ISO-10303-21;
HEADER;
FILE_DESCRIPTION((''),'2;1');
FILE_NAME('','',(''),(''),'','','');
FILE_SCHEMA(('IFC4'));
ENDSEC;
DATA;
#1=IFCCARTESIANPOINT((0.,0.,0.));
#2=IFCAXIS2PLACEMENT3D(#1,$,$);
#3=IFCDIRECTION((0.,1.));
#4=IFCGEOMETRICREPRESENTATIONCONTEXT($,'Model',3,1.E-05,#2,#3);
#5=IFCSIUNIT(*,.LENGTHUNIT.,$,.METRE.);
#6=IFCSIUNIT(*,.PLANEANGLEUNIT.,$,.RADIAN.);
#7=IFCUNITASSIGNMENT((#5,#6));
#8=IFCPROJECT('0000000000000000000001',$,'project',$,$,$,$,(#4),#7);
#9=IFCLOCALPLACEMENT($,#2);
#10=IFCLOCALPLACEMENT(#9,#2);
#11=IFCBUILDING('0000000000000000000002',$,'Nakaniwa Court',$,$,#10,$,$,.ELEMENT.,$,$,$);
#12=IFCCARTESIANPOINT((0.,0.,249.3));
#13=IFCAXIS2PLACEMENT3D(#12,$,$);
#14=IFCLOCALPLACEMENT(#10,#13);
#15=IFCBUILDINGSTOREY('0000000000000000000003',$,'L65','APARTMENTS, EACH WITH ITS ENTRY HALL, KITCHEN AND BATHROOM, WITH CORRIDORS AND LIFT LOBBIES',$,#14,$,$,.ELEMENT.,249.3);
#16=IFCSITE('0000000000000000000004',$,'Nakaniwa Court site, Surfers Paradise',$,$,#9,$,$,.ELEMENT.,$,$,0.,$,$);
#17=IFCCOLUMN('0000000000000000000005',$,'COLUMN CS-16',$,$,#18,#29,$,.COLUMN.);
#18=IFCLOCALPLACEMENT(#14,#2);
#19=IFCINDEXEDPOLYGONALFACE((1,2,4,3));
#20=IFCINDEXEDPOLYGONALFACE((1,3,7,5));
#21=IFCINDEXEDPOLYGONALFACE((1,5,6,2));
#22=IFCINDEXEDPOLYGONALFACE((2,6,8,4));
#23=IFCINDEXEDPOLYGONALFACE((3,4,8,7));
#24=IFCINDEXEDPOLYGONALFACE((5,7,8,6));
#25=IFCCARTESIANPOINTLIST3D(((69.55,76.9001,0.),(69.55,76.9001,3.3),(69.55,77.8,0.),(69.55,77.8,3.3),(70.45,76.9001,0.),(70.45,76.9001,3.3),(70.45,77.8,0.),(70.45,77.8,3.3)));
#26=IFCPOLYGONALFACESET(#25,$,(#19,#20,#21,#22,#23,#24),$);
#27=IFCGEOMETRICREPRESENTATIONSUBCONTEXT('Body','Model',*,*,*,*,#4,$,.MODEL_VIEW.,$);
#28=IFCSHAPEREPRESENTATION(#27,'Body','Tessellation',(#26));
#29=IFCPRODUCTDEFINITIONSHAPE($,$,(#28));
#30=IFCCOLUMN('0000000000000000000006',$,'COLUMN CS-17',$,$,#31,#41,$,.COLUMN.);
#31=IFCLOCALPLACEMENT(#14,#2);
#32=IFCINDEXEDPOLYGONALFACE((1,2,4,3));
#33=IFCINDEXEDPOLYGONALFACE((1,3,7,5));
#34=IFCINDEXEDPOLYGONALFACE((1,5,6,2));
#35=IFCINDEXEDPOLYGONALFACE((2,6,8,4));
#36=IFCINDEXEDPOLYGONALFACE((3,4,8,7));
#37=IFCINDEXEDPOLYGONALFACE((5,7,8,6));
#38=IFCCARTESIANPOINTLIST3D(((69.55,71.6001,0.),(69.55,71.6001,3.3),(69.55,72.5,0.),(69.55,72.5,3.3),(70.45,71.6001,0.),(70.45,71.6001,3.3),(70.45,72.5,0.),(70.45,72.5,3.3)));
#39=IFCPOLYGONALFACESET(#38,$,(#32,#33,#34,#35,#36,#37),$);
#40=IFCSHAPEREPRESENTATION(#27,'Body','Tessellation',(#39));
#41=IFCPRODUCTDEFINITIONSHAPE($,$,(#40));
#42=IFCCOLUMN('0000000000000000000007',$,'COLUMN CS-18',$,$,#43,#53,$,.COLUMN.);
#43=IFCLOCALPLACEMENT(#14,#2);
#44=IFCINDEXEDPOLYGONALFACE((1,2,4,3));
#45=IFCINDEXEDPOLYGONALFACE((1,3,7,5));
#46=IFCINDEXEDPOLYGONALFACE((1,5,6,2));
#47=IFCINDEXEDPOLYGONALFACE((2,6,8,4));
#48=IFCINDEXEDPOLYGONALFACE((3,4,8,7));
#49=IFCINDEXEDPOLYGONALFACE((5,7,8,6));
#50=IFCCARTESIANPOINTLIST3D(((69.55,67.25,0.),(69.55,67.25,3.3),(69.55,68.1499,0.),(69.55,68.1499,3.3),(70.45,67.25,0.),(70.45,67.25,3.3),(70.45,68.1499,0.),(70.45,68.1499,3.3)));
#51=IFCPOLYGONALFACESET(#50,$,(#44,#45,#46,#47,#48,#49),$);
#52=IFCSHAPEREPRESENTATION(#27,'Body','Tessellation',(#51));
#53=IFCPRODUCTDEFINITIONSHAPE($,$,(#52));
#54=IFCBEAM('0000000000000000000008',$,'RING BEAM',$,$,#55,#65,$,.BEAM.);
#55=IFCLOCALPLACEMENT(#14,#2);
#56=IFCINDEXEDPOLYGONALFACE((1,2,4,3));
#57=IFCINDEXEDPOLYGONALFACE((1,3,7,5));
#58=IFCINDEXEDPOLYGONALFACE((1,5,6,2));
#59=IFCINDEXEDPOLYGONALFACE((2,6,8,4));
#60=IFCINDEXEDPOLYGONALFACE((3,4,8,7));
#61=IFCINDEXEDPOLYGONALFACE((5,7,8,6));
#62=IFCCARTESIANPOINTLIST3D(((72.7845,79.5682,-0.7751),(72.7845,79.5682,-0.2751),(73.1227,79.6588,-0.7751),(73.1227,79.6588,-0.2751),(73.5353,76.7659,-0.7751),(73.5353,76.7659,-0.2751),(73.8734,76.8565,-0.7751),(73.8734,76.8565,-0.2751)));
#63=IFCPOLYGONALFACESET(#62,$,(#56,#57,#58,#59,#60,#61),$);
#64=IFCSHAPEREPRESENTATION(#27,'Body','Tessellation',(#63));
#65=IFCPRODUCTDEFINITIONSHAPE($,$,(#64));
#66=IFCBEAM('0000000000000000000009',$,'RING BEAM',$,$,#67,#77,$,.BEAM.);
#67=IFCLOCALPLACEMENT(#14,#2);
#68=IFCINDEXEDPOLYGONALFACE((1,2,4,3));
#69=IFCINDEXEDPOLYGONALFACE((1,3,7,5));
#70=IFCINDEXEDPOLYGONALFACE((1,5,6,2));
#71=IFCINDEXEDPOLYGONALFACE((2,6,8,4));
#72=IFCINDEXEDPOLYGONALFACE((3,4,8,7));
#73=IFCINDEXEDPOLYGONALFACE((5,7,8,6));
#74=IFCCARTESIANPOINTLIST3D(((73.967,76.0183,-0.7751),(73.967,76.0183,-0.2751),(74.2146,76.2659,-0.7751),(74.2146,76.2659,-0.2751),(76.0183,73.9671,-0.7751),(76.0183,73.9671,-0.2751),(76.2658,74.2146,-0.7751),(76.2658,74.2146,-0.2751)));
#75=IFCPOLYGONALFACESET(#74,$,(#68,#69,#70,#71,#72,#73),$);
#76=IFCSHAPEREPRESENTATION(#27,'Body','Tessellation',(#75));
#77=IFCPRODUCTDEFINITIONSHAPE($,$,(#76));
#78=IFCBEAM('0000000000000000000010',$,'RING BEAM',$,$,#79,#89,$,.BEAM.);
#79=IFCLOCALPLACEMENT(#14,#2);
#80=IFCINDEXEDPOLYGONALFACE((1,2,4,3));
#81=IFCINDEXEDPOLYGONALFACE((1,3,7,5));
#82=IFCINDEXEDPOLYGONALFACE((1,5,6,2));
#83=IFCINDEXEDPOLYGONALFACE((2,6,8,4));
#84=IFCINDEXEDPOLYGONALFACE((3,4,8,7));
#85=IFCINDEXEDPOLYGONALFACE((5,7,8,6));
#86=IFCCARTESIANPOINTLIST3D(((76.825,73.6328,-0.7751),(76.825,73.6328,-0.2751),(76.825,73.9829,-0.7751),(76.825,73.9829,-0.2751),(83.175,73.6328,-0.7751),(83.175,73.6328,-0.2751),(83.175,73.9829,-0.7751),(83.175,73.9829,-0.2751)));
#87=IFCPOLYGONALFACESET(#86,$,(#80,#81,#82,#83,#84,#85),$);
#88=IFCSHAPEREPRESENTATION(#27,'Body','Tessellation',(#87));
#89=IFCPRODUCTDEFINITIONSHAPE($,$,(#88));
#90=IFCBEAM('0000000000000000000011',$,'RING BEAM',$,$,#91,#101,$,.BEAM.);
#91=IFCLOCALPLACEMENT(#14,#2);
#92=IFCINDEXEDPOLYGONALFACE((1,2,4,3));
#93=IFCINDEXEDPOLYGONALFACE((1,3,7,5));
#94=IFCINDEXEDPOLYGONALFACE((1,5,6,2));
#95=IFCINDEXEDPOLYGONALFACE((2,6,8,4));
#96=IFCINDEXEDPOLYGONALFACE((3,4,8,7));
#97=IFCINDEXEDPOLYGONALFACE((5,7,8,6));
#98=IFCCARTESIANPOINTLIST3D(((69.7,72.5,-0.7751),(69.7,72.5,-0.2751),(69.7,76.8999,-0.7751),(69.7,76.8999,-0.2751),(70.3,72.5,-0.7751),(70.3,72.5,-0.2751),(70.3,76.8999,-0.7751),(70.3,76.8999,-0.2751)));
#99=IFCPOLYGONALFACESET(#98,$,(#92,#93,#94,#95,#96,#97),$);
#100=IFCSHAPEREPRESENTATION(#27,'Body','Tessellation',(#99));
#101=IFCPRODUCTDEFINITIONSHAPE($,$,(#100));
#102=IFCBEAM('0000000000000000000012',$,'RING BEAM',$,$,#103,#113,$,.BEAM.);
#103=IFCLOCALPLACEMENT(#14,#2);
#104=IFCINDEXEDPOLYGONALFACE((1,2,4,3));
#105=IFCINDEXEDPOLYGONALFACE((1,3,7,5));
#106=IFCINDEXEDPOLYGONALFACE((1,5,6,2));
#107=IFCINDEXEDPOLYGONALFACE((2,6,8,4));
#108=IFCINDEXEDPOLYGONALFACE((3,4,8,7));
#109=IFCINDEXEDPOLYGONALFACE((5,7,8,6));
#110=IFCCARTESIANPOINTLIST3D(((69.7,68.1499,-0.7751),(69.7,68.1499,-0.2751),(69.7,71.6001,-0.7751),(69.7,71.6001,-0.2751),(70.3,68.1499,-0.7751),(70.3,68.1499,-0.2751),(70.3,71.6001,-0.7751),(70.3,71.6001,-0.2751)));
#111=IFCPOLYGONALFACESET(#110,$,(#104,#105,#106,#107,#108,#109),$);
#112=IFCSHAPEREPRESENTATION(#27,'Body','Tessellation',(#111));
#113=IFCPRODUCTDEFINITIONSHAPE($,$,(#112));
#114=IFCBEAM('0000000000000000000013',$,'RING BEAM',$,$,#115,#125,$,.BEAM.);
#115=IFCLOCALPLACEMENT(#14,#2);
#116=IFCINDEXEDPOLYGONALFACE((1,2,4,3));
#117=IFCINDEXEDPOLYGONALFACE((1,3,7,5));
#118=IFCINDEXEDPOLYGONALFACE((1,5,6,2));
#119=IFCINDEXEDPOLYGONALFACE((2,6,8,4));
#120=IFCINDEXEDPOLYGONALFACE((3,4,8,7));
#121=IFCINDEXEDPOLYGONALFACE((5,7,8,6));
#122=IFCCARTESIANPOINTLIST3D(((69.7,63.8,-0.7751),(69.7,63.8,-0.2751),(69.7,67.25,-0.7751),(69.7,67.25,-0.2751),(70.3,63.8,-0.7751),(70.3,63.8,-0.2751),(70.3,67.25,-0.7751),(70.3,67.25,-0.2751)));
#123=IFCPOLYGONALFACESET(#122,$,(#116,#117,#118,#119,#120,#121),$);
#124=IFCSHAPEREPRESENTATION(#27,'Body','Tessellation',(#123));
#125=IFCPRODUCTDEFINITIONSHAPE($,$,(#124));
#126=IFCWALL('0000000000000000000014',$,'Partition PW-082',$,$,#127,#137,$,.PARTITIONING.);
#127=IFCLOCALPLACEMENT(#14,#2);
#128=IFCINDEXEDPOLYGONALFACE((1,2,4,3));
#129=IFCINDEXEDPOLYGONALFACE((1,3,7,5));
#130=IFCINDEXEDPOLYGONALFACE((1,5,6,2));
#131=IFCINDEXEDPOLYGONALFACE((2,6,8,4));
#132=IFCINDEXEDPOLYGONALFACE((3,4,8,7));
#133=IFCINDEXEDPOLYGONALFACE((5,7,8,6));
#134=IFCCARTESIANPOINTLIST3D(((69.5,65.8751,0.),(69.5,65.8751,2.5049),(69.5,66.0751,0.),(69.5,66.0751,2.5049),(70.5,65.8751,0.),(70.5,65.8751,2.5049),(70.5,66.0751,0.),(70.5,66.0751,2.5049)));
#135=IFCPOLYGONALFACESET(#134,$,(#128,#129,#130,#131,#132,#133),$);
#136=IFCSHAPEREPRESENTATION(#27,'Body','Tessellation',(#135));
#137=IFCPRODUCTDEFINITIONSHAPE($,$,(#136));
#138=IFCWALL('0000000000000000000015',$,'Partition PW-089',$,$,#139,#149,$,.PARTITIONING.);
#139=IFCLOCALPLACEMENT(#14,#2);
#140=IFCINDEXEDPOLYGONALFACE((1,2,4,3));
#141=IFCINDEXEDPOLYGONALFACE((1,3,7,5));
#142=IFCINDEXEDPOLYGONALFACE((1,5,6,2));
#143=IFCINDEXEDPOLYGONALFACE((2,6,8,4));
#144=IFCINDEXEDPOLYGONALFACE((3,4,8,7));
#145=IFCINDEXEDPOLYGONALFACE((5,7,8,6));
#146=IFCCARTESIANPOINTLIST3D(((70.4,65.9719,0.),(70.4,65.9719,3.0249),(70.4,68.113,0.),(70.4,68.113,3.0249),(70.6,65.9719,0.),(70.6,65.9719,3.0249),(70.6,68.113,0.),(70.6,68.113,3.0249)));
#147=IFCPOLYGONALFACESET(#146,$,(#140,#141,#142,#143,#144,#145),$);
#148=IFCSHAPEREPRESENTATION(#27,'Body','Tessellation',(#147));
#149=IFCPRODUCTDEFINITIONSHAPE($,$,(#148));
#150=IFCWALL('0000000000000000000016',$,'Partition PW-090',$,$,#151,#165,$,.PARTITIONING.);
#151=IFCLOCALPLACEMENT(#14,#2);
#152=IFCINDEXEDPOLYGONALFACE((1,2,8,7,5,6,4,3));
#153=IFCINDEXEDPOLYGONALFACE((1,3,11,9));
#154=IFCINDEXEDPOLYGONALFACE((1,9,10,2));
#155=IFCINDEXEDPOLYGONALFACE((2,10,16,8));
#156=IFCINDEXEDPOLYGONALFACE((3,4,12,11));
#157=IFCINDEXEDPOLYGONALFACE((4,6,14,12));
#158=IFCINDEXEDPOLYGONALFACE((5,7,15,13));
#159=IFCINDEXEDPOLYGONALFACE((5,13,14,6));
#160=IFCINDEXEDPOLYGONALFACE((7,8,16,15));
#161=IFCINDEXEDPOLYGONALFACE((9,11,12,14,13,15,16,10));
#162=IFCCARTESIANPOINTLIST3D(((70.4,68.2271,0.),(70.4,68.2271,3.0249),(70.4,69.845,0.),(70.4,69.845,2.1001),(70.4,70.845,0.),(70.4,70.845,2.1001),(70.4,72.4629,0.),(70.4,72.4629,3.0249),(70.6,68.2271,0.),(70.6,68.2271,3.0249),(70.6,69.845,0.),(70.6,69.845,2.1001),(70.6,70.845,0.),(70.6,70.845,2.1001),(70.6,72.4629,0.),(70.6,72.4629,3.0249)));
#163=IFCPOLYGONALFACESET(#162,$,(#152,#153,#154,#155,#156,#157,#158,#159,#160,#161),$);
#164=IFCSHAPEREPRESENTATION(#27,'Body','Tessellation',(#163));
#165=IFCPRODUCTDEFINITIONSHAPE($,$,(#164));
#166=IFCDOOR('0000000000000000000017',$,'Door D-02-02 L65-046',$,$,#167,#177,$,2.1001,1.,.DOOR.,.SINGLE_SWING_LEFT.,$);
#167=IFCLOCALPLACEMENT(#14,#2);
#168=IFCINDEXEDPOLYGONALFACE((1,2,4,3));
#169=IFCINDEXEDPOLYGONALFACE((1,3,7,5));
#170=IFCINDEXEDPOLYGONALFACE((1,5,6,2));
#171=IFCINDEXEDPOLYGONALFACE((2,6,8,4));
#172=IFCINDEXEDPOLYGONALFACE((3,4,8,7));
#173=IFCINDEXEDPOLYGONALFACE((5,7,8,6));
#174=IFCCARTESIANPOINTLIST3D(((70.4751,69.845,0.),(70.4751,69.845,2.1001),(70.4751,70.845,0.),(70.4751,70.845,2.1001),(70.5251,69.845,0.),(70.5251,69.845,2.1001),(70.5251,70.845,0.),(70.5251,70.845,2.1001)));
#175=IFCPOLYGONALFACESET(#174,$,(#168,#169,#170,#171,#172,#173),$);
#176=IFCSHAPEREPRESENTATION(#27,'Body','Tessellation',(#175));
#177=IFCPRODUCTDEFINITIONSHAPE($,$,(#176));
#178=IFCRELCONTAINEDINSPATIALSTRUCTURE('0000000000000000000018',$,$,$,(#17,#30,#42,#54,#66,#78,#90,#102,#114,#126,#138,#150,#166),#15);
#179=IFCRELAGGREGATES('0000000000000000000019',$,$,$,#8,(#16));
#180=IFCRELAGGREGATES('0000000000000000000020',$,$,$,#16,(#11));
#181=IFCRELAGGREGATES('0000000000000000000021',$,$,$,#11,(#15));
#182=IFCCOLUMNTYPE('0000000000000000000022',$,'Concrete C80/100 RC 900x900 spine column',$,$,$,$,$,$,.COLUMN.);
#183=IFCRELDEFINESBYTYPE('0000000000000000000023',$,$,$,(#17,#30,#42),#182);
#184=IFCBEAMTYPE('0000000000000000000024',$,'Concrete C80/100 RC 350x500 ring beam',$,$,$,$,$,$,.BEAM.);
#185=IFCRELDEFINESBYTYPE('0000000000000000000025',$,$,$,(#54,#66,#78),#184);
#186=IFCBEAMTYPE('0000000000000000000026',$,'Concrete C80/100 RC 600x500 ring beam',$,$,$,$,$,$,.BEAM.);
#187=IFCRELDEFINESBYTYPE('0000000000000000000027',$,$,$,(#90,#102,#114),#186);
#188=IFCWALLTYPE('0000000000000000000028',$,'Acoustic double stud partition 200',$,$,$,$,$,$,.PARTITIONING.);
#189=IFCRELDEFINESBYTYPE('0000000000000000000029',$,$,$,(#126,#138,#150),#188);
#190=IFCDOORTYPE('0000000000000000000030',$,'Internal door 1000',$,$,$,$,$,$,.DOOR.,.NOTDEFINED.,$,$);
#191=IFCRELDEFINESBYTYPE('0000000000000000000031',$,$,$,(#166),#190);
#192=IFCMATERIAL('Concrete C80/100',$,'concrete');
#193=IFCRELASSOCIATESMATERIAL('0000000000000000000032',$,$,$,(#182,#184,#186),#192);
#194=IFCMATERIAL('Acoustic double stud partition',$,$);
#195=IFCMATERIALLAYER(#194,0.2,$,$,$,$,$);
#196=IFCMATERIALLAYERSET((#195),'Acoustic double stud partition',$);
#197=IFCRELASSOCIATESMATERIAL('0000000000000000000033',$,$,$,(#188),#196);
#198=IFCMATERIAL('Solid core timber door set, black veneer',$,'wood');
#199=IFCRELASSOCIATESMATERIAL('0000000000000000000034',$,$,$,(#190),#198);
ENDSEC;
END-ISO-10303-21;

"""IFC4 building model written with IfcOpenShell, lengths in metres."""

from ifc_helpers import new_model, si_unit, direction, frame, frame_2d, origin, origin_2d, place, context, subcontext, project, spatial, rectangle, extrude, material, layer, layer_set, material_profile, profile_set, type_object, element, fill, save


model = new_model("IFC4")

# Units and contexts
model_context = context("Model", 3, precision=1e-05, world=origin(), true_north=direction((0.0, 1.0)))
body_context = subcontext(model_context, "Body", "Model", "MODEL_VIEW")
ifc_project = project(units=[si_unit("LENGTHUNIT", "METRE"), si_unit("PLANEANGLEUNIT", "RADIAN")], contexts=[model_context])

# Site, building, storey
site_placement = place(None, origin())
site = spatial("IfcSite", under=ifc_project, at=site_placement, Name="Nakaniwa Court site, Surfers Paradise", CompositionType="ELEMENT", RefElevation=0.0)
building_placement = place(site_placement, origin())
building = spatial("IfcBuilding", under=site, at=building_placement, Name="Nakaniwa Court", CompositionType="ELEMENT")
storey_placement = place(building_placement, frame((0.0, 0.0, 249.3)))
storey = spatial("IfcBuildingStorey", under=building, at=storey_placement, Name="L65", Description="APARTMENTS, EACH WITH ITS ENTRY HALL, KITCHEN AND BATHROOM, WITH CORRIDORS AND LIFT LOBBIES", CompositionType="ELEMENT", Elevation=249.3)

# Columns
ifc_material_1 = material(Name="Concrete C80/100", Category="concrete")
ifc_material_profile_1 = material_profile(ifc_material_1, rectangle(XDim=0.8999, YDim=0.8999, at=origin_2d()), Name="Concrete C80/100 RC 900x900 spine column")
ifc_profile_set_1 = profile_set([ifc_material_profile_1], Name="Concrete C80/100")
column_type_1 = type_object("IfcColumnType", Name="Concrete C80/100 RC 900x900 spine column", PredefinedType="COLUMN", material=ifc_profile_set_1)
for number, where, z_axis, x_axis, name in (
    (1, (70.0, 77.3501, 0.0), (0.0, 0.0, 1.0), (0.0, -1.0, 0.0), "COLUMN CS-16"),
    (2, (70.0, 72.05, 0.0), (0.0, 0.0, 1.0), (0.0, -1.0, 0.0), "COLUMN CS-17"),
    (3, (70.0, 67.7, 0.0), (0.0, 0.0, 1.0), (0.0, -1.0, 0.0), "COLUMN CS-18"),
):
    element("IfcColumn", number, at=place(storey_placement, frame(where, z_axis=z_axis, x_axis=x_axis)), inside=storey, type_object=column_type_1, Name=name, PredefinedType="COLUMN", context=body_context, shape_type="SweptSolid", body=[
        extrude(rectangle(XDim=0.8999, YDim=0.8999, at=origin_2d()), origin(), (0.0, 0.0, 1.0), 3.3),
    ])

# Beams
ifc_material_profile_2 = material_profile(ifc_material_1, rectangle(XDim=0.3501, YDim=0.5, at=origin_2d()), Name="Concrete C80/100 RC 350x500 ring beam")
ifc_profile_set_2 = profile_set([ifc_material_profile_2], Name="Concrete C80/100")
beam_type_1 = type_object("IfcBeamType", Name="Concrete C80/100 RC 350x500 ring beam", PredefinedType="BEAM", material=ifc_profile_set_2)
beam_1_placement = place(storey_placement, frame((72.9536, 79.6135, -0.5251), z_axis=(0.258778, -0.965937, 0.0), x_axis=(0.965937, 0.258778, 0.0)))
element("IfcBeam", 4, at=beam_1_placement, inside=storey, type_object=beam_type_1, Name="RING BEAM", PredefinedType="BEAM", context=body_context, shape_type="SweptSolid", body=[
    extrude(rectangle(XDim=0.3501, YDim=0.5, at=origin_2d()), origin(), (0.0, 0.0, 1.0), 2.9011),
])
beam_2_placement = place(storey_placement, frame((74.0908, 76.1421, -0.5251), z_axis=(0.707107, -0.707107, 0.0), x_axis=(0.707107, 0.707107, 0.0)))
element("IfcBeam", 5, at=beam_2_placement, inside=storey, type_object=beam_type_1, Name="RING BEAM", PredefinedType="BEAM", context=body_context, shape_type="SweptSolid", body=[
    extrude(rectangle(XDim=0.3501, YDim=0.5, at=origin_2d()), origin(), (0.0, 0.0, 1.0), 2.9009),
])
beam_3_placement = place(storey_placement, frame((76.825, 73.8079, -0.5251), z_axis=(1.0, 0.0, 0.0), x_axis=(0.0, 1.0, 0.0)))
element("IfcBeam", 6, at=beam_3_placement, inside=storey, type_object=beam_type_1, Name="RING BEAM", PredefinedType="BEAM", context=body_context, shape_type="SweptSolid", body=[
    extrude(rectangle(XDim=0.3501, YDim=0.5, at=origin_2d()), origin(), (0.0, 0.0, 1.0), 6.3501),
])
ifc_material_profile_3 = material_profile(ifc_material_1, rectangle(XDim=0.6001, YDim=0.5, at=origin_2d()), Name="Concrete C80/100 RC 600x500 ring beam")
ifc_profile_set_3 = profile_set([ifc_material_profile_3], Name="Concrete C80/100")
beam_type_2 = type_object("IfcBeamType", Name="Concrete C80/100 RC 600x500 ring beam", PredefinedType="BEAM", material=ifc_profile_set_3)
beam_4_placement = place(storey_placement, frame((70.0, 76.8999, -0.5251), z_axis=(0.0, -1.0, 0.0), x_axis=(1.0, 0.0, 0.0)))
element("IfcBeam", 7, at=beam_4_placement, inside=storey, type_object=beam_type_2, Name="RING BEAM", PredefinedType="BEAM", context=body_context, shape_type="SweptSolid", body=[
    extrude(rectangle(XDim=0.6001, YDim=0.5, at=origin_2d()), origin(), (0.0, 0.0, 1.0), 4.3999),
])
beam_5_placement = place(storey_placement, frame((70.0, 71.6001, -0.5251), z_axis=(0.0, -1.0, 0.0), x_axis=(1.0, 0.0, 0.0)))
element("IfcBeam", 8, at=beam_5_placement, inside=storey, type_object=beam_type_2, Name="RING BEAM", PredefinedType="BEAM", context=body_context, shape_type="SweptSolid", body=[
    extrude(rectangle(XDim=0.6001, YDim=0.5, at=origin_2d()), origin(), (0.0, 0.0, 1.0), 3.4502),
])
beam_6_placement = place(storey_placement, frame((70.0, 67.25, -0.5251), z_axis=(0.0, -1.0, 0.0), x_axis=(1.0, 0.0, 0.0)))
element("IfcBeam", 9, at=beam_6_placement, inside=storey, type_object=beam_type_2, Name="RING BEAM", PredefinedType="BEAM", context=body_context, shape_type="SweptSolid", body=[
    extrude(rectangle(XDim=0.6001, YDim=0.5, at=origin_2d()), origin(), (0.0, 0.0, 1.0), 3.45),
])

# Walls
ifc_material_2 = material(Name="Acoustic double stud partition")
ifc_layer_1 = layer(ifc_material_2, 0.2)
ifc_layer_set_1 = layer_set([ifc_layer_1], Name="Acoustic double stud partition")
wall_type_1 = type_object("IfcWallType", Name="Acoustic double stud partition 200", PredefinedType="PARTITIONING", material=ifc_layer_set_1)
wall_1_placement = place(storey_placement, frame((69.5, 65.9751, 0.0), z_axis=(0.0, 0.0, 1.0), x_axis=(1.0, 0.0, 0.0)))
element("IfcWall", 10, at=wall_1_placement, inside=storey, type_object=wall_type_1, Name="Partition PW-082", PredefinedType="PARTITIONING", context=body_context, shape_type="SweptSolid", body=[
    extrude(rectangle(XDim=1.0, YDim=0.2, at=frame_2d((0.5, 0.0))), origin(), (0.0, 0.0, 1.0), 2.5049),
])
wall_2_placement = place(storey_placement, frame((70.5, 65.9719, 0.0), z_axis=(0.0, 0.0, 1.0), x_axis=(0.0, 1.0, 0.0)))
element("IfcWall", 11, at=wall_2_placement, inside=storey, type_object=wall_type_1, Name="Partition PW-089", PredefinedType="PARTITIONING", context=body_context, shape_type="SweptSolid", body=[
    extrude(rectangle(XDim=2.1411, YDim=0.2, at=frame_2d((1.0706, 0.0))), origin(), (0.0, 0.0, 1.0), 3.0249),
])

# Wall, opening, door
wall_3_placement = place(storey_placement, frame((70.5, 68.2271, 0.0), z_axis=(0.0, 0.0, 1.0), x_axis=(0.0, 1.0, 0.0)))
wall_3 = element("IfcWall", 12, at=wall_3_placement, inside=storey, type_object=wall_type_1, Name="Partition PW-090", PredefinedType="PARTITIONING", context=body_context, shape_type="SweptSolid", body=[
    extrude(rectangle(XDim=4.2358, YDim=0.2, at=frame_2d((2.1179, 0.0))), origin(), (0.0, 0.0, 1.0), 3.0249),
])
opening_1_placement = place(wall_3_placement, frame((1.6179, 0.0, 0.0)))
opening_1 = element("IfcOpeningElement", 13, at=opening_1_placement, cuts=wall_3, PredefinedType="OPENING", context=body_context, shape_type="SweptSolid", body=[
    extrude(rectangle(XDim=1.0, YDim=2.1001, at=frame_2d((0.5, 1.05))), frame((0.0, 0.1099, 0.0), z_axis=(0.0, -1.0, 0.0), x_axis=(1.0, 0.0, 0.0)), (0.0, 0.0, 1.0), 0.22),
])
ifc_material_3 = material(Name="Solid core timber door set, black veneer", Category="wood")
door_type_1 = type_object("IfcDoorType", Name="Internal door 1000", OperationType="NOTDEFINED", PredefinedType="DOOR", material=ifc_material_3)
door_1_placement = place(opening_1_placement, origin())
door_1 = element("IfcDoor", 14, at=door_1_placement, inside=storey, type_object=door_type_1, Name="Door D-02-02 L65-046", OperationType="SINGLE_SWING_LEFT", OverallHeight=2.1001, OverallWidth=1.0, PredefinedType="DOOR", context=body_context, shape_type="SweptSolid", body=[
    extrude(rectangle(XDim=1.0, YDim=2.1001, at=frame_2d((0.5, 1.05))), frame((0.0, 0.0249, 0.0), z_axis=(0.0, -1.0, 0.0), x_axis=(1.0, 0.0, 0.0)), (0.0, 0.0, 1.0), 0.05),
])
fill(opening_1, door_1)

save(model, "model.ifc")
